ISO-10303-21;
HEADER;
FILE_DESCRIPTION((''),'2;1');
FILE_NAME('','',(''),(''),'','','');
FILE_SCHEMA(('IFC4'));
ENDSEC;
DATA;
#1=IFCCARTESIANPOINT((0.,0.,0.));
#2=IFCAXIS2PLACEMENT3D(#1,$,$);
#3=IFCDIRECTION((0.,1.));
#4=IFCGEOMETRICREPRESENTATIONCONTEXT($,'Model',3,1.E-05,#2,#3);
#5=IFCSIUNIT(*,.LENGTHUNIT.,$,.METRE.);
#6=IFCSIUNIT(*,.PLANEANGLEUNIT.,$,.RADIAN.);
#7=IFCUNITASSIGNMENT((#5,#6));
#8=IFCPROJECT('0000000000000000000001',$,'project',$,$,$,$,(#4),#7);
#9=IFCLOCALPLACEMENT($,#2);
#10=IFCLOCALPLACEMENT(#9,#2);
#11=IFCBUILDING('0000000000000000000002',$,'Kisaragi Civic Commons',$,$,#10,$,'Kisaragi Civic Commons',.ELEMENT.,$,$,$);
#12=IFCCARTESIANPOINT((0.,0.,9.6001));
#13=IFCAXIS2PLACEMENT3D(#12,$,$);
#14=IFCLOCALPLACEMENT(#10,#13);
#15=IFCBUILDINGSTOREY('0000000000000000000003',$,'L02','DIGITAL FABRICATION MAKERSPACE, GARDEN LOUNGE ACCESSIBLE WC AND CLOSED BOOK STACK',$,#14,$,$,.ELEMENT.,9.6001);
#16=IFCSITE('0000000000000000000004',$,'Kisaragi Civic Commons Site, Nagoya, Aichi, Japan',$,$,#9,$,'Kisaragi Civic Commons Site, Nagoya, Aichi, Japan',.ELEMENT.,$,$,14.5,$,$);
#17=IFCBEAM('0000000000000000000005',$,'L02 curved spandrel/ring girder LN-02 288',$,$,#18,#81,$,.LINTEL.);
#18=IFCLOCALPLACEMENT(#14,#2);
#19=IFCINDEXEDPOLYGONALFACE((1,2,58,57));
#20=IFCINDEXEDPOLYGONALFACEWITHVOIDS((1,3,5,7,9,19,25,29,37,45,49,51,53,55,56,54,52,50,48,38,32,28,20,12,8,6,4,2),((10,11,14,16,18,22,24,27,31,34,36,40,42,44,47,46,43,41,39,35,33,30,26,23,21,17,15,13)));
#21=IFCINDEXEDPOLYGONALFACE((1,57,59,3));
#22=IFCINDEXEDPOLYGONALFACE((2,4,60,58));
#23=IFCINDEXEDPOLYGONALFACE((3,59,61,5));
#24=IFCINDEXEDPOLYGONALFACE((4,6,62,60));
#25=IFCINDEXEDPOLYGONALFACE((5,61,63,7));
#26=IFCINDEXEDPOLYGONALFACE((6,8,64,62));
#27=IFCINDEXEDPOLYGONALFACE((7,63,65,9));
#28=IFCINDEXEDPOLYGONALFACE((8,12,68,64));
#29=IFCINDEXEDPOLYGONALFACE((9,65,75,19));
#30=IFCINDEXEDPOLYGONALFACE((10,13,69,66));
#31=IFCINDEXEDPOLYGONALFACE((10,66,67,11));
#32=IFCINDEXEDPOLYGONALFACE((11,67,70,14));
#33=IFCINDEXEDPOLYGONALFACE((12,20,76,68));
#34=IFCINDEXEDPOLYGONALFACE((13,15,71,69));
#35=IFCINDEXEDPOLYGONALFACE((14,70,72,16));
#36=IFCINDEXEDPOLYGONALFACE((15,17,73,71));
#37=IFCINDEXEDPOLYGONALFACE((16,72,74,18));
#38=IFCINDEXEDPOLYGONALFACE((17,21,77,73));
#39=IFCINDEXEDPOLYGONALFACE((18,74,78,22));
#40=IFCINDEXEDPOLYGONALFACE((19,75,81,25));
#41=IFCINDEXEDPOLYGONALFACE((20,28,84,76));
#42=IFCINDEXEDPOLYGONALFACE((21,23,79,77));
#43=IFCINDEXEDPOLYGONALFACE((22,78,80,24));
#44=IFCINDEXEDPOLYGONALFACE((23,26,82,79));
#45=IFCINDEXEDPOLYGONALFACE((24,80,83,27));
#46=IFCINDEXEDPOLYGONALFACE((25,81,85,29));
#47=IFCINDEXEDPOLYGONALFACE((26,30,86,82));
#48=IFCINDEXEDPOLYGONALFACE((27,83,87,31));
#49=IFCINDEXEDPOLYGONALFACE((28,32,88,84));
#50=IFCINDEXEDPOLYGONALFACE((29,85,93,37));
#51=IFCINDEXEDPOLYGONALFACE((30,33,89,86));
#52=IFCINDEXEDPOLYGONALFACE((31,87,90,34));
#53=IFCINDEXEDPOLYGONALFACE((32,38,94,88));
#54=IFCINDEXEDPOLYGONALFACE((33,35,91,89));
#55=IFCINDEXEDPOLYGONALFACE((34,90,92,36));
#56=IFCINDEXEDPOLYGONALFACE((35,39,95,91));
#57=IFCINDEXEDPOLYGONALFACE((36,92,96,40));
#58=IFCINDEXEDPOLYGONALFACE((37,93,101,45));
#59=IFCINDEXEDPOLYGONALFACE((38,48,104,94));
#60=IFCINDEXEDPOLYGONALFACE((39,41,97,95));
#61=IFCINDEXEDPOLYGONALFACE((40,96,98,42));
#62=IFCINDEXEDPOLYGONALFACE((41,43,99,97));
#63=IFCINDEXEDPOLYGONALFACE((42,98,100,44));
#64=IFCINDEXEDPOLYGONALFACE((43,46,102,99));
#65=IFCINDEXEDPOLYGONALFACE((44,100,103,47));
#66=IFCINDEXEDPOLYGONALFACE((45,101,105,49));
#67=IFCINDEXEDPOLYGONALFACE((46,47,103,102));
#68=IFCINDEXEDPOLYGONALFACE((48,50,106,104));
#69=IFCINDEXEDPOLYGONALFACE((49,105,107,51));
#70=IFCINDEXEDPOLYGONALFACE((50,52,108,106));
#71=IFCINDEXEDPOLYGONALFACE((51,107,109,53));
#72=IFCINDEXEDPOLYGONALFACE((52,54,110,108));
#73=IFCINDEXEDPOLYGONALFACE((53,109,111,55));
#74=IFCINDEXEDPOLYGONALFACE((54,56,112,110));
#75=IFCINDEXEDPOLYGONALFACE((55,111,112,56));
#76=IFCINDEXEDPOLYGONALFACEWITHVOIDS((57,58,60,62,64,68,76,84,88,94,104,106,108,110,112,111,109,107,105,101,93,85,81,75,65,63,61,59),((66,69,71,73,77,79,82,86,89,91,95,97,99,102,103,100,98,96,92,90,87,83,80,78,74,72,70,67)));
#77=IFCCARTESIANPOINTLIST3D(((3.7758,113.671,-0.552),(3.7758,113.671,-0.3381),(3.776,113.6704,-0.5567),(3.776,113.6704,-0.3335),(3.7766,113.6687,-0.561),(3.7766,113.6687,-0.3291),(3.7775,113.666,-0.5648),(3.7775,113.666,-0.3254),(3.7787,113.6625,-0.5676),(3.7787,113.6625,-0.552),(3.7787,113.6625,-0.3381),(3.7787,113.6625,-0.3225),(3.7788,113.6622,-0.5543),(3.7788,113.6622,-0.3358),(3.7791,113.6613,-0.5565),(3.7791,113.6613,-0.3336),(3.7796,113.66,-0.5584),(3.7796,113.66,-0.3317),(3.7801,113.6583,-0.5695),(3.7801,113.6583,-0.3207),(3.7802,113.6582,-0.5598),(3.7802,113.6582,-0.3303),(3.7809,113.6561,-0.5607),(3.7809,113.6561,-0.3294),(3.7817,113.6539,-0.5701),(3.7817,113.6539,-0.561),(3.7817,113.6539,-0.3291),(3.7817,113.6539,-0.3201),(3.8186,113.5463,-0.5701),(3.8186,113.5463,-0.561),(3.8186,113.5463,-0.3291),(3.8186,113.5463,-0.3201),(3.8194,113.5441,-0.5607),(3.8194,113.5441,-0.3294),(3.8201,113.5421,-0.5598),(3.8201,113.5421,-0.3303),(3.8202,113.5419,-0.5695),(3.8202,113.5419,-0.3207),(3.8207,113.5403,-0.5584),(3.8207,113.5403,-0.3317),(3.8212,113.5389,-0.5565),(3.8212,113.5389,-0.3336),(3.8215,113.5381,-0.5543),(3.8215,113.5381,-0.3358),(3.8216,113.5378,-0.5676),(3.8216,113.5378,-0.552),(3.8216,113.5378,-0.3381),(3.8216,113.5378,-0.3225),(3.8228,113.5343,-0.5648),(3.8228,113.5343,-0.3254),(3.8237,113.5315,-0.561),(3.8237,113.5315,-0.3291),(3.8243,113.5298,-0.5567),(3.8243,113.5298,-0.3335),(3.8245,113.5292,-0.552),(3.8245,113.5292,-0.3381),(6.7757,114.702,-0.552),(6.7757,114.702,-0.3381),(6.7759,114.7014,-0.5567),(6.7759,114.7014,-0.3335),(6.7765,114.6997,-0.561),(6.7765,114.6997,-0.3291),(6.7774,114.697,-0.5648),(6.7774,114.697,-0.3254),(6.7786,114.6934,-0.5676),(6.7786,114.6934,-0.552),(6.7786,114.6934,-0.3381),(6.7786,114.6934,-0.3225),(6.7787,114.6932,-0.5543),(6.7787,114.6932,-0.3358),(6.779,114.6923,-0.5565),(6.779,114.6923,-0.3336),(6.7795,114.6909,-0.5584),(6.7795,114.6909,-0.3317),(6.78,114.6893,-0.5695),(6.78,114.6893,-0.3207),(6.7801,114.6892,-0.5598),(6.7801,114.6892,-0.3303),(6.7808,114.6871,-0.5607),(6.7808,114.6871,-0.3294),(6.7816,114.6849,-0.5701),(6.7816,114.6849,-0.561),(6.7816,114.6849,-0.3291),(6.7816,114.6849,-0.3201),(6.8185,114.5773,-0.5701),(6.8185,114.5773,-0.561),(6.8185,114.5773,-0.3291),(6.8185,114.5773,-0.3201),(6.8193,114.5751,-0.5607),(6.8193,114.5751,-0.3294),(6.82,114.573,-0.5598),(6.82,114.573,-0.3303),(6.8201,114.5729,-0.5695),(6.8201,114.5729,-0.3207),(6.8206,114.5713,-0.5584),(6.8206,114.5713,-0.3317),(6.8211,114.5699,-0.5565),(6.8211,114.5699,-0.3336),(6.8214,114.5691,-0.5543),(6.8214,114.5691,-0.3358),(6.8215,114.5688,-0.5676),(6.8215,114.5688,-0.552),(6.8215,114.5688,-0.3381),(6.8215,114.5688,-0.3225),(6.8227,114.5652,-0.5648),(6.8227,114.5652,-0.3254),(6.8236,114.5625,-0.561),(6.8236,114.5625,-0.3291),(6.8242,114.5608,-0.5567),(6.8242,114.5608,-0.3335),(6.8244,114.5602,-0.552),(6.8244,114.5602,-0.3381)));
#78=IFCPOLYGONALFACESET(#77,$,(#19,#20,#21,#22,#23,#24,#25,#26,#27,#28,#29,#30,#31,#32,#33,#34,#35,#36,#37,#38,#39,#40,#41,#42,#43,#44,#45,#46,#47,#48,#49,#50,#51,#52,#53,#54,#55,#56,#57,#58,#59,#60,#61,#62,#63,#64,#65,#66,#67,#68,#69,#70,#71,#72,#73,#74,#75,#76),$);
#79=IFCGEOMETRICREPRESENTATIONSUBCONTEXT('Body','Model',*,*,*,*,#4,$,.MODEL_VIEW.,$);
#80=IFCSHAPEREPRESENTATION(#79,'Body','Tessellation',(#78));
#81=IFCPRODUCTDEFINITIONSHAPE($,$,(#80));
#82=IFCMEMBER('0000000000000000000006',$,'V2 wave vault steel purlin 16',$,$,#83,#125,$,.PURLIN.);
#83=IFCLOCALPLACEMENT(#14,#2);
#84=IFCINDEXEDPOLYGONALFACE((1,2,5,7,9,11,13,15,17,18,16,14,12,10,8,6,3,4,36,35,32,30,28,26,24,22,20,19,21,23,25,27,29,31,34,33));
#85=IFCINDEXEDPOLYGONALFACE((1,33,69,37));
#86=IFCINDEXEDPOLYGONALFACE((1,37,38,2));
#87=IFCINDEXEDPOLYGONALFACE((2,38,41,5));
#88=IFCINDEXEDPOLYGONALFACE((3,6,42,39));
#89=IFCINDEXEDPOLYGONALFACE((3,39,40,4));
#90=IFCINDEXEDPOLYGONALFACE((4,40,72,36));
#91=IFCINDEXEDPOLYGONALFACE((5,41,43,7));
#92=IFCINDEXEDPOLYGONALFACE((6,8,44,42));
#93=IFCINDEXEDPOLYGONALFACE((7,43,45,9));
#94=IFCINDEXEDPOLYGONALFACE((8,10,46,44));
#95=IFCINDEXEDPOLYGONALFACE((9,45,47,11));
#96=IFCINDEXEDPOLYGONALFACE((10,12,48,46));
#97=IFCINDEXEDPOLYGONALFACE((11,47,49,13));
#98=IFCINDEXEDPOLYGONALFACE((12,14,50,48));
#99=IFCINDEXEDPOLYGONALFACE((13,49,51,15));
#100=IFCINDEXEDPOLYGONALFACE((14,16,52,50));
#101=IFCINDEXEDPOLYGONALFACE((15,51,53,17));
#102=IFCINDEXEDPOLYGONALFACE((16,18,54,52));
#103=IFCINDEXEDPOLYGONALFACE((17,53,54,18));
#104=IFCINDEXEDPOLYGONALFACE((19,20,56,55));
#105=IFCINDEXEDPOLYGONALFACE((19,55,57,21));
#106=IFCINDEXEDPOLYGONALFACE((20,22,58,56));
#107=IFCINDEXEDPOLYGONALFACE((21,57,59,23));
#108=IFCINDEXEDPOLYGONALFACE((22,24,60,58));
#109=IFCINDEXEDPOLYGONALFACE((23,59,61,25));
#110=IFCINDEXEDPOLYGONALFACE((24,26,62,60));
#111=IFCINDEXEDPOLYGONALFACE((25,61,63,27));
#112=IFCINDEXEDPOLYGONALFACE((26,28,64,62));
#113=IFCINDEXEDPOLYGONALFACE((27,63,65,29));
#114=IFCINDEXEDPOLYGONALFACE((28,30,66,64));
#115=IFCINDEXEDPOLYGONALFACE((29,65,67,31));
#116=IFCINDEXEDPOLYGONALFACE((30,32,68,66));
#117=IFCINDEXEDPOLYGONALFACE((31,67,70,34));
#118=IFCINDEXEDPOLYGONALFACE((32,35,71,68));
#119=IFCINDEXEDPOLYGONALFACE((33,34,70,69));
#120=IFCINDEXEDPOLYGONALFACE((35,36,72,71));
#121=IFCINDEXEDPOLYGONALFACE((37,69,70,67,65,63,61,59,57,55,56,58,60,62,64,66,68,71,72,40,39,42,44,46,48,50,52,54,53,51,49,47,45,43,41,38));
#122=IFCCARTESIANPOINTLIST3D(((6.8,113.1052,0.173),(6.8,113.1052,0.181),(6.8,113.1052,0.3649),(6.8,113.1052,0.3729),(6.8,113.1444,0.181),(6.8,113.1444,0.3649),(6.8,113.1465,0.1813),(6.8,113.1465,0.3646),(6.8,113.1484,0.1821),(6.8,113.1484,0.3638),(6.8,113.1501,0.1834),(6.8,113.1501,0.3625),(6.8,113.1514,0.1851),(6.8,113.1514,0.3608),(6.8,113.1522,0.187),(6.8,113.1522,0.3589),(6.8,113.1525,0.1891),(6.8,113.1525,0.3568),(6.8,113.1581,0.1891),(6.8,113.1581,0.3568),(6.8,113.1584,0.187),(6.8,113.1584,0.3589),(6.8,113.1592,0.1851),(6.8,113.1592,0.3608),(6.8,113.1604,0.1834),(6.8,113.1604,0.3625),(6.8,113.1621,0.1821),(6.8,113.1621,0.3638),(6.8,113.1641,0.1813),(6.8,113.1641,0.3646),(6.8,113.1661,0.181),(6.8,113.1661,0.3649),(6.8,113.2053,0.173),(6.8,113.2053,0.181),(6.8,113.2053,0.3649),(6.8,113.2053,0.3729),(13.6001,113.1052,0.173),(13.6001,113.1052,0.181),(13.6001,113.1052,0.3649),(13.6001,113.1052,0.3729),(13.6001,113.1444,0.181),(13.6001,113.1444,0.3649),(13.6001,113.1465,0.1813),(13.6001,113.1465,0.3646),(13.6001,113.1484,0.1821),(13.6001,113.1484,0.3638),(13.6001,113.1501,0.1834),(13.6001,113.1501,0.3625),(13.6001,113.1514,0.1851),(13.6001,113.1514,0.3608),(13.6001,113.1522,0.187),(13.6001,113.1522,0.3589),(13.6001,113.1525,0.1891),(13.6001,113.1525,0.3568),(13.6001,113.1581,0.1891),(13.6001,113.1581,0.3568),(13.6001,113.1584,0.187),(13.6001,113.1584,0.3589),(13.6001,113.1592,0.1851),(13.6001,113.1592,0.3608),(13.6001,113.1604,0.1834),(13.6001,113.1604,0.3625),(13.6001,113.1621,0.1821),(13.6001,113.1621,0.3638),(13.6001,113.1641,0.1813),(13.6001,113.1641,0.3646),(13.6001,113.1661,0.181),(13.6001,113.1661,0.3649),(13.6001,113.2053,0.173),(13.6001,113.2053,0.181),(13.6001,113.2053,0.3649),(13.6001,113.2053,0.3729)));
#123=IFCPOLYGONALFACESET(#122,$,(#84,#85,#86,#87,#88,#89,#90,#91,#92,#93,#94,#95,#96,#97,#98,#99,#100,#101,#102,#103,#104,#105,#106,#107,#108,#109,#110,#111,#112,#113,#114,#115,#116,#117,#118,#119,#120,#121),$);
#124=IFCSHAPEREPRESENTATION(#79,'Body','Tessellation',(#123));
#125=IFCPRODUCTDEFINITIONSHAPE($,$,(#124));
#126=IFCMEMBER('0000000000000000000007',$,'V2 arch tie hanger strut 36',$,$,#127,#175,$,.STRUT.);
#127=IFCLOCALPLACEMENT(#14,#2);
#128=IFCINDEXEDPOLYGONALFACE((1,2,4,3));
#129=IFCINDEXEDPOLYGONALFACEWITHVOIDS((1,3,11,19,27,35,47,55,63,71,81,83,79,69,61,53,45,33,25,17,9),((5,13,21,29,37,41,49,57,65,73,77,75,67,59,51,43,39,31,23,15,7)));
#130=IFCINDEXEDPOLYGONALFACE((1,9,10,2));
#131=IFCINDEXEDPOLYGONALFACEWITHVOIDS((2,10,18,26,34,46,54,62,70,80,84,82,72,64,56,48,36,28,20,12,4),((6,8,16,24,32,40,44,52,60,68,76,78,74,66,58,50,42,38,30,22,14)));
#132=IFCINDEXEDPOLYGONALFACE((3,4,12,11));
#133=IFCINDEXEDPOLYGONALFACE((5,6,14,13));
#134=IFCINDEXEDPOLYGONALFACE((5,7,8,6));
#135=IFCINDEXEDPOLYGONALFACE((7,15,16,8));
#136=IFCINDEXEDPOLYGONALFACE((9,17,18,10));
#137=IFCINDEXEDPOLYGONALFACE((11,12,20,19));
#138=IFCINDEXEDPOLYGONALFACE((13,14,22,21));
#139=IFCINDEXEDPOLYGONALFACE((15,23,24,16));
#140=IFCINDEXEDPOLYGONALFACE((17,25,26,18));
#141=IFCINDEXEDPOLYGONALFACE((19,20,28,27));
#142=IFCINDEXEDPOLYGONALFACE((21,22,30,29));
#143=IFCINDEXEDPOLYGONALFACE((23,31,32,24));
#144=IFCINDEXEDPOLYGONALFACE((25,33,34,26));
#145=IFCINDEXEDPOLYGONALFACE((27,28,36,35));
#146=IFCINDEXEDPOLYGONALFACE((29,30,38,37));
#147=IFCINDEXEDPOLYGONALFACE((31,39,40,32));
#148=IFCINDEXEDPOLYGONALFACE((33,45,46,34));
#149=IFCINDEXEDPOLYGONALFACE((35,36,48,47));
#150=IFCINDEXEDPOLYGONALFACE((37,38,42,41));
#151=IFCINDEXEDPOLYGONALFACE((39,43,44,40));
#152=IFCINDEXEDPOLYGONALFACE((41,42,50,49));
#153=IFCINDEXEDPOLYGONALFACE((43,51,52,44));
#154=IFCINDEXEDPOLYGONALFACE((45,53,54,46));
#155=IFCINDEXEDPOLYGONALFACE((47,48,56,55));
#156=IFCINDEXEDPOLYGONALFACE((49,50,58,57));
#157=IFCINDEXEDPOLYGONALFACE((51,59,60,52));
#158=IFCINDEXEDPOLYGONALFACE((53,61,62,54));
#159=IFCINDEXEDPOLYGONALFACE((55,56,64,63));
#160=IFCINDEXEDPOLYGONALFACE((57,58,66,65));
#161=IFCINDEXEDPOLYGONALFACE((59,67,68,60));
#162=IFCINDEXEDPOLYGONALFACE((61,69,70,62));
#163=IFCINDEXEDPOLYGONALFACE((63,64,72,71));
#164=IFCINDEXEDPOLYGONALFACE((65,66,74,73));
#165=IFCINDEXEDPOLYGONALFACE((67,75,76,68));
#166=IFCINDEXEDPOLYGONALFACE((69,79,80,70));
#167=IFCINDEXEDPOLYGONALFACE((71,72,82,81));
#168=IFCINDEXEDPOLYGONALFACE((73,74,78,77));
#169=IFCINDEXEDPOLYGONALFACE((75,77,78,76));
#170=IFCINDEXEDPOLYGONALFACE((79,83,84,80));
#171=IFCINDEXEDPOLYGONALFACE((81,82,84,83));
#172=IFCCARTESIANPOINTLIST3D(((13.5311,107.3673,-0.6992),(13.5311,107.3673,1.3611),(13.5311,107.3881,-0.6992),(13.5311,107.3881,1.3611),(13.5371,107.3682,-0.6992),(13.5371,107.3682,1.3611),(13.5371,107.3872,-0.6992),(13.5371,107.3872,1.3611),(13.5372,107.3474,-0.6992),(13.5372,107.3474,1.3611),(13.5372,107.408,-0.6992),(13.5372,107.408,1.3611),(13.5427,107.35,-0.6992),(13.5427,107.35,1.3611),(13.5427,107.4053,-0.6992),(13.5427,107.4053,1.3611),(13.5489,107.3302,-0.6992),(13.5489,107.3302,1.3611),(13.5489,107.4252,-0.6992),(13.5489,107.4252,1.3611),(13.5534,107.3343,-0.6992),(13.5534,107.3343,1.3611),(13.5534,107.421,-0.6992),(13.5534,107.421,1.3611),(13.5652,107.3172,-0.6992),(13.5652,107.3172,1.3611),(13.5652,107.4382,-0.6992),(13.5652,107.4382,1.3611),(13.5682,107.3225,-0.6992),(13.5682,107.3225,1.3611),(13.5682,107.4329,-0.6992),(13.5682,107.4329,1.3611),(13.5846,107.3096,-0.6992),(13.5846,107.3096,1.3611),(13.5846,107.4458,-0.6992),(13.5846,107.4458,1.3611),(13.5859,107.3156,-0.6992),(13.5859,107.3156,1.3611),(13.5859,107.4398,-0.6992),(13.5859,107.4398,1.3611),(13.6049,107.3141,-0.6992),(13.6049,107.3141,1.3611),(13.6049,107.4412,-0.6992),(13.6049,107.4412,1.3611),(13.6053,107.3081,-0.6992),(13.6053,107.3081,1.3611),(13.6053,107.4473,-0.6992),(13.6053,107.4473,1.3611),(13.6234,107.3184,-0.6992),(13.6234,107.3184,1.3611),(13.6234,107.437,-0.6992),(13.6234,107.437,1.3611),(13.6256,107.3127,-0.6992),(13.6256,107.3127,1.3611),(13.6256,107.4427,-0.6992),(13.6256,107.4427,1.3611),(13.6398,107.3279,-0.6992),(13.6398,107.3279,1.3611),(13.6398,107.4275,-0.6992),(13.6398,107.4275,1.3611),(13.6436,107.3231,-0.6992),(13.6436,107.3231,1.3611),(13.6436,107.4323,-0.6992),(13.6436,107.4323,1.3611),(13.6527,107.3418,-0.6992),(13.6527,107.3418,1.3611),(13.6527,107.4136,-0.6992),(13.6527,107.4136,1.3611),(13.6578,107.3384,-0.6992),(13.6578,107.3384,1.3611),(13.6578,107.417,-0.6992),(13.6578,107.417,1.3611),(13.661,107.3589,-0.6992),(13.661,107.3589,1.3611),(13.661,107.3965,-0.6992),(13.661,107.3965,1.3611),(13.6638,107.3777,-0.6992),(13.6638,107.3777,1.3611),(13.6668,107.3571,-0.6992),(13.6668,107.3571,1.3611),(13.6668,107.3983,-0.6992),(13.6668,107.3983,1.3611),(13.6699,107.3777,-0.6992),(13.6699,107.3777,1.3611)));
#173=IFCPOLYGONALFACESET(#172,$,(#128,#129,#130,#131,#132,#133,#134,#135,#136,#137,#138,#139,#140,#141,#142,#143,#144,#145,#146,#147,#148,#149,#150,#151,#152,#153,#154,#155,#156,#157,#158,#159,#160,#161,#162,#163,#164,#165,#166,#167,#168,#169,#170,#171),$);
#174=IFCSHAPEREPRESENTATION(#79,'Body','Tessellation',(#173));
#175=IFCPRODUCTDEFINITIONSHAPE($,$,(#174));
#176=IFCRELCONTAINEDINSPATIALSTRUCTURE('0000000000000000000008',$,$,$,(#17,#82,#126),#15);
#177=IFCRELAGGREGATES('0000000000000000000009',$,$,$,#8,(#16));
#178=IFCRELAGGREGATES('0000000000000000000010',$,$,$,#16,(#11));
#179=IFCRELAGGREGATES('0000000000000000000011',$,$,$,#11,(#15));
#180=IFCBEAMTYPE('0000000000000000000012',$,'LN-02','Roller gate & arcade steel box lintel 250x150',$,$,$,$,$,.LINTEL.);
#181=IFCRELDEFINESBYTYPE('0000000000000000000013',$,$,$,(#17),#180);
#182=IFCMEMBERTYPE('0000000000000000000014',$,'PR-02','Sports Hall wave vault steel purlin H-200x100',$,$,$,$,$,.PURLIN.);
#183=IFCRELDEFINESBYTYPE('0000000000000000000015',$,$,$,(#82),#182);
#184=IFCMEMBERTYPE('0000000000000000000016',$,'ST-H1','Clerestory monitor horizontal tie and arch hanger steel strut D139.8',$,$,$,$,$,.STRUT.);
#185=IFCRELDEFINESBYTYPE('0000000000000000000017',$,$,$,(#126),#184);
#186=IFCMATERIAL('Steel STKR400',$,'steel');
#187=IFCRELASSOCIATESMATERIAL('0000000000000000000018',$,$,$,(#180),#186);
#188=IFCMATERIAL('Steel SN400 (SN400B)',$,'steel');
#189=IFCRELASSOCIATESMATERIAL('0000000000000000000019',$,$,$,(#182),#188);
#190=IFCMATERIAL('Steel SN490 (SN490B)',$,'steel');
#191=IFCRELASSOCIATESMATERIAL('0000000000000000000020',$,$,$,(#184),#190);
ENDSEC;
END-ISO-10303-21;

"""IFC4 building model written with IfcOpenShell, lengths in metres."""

from ifc_helpers import new_model, si_unit, direction, frame, origin, origin_2d, place, context, subcontext, project, spatial, hollow_rectangle, hollow_circle, i_section, extrude, material, material_profile, profile_set, type_object, element, save


model = new_model("IFC4")

# Units and contexts
model_context = context("Model", 3, precision=1e-05, world=origin(), true_north=direction((0.0, 1.0)))
body_context = subcontext(model_context, "Body", "Model", "MODEL_VIEW")
ifc_project = project(units=[si_unit("LENGTHUNIT", "METRE"), si_unit("PLANEANGLEUNIT", "RADIAN")], contexts=[model_context])

# Site, building, storey
site_placement = place(None, origin())
site = spatial("IfcSite", under=ifc_project, at=site_placement, Name="Kisaragi Civic Commons Site, Nagoya, Aichi, Japan", LongName="Kisaragi Civic Commons Site, Nagoya, Aichi, Japan", CompositionType="ELEMENT", RefElevation=14.5)
building_placement = place(site_placement, origin())
building = spatial("IfcBuilding", under=site, at=building_placement, Name="Kisaragi Civic Commons", LongName="Kisaragi Civic Commons", CompositionType="ELEMENT")
storey_placement = place(building_placement, frame((0.0, 0.0, 9.6001)))
storey = spatial("IfcBuildingStorey", under=building, at=storey_placement, Name="L02", Description="DIGITAL FABRICATION MAKERSPACE, GARDEN LOUNGE ACCESSIBLE WC AND CLOSED BOOK STACK", CompositionType="ELEMENT", Elevation=9.6001)

# Beam
ifc_material_1 = material(Name="Steel STKR400", Category="steel")
ifc_material_profile_1 = material_profile(ifc_material_1, hollow_rectangle(XDim=0.1499, YDim=0.25, WallThickness=0.009, InnerFilletRadius=0.009, OuterFilletRadius=0.0181, at=origin_2d()), Name="STKR-250x150x9", Category="steel")
ifc_profile_set_1 = profile_set([ifc_material_profile_1], Name="Steel STKR400")
beam_type = type_object("IfcBeamType", Name="LN-02", Description="Roller gate & arcade steel box lintel 250x150", PredefinedType="LINTEL", material=ifc_profile_set_1)
beam_placement = place(storey_placement, frame((6.8, 114.6311, -0.4451), z_axis=(-0.94571, -0.325011, 0.0), x_axis=(0.325011, -0.94571, 0.0)))
element("IfcBeam", 1, at=beam_placement, inside=storey, type_object=beam_type, Name="L02 curved spandrel/ring girder LN-02 288", PredefinedType="LINTEL", context=body_context, shape_type="SweptSolid", body=[
    extrude(hollow_rectangle(XDim=0.1499, YDim=0.25, WallThickness=0.009, InnerFilletRadius=0.009, OuterFilletRadius=0.0181, at=origin_2d()), origin(), (0.0, 0.0, 1.0), 3.1721),
])

# Members
ifc_material_2 = material(Name="Steel SN400 (SN400B)", Category="steel")
ifc_material_profile_2 = material_profile(ifc_material_2, i_section(OverallWidth=0.1001, OverallDepth=0.2, WebThickness=0.0056, FlangeThickness=0.0081, FilletRadius=0.0081, at=origin_2d()), Name="H-200x100x5.5x8", Category="steel")
ifc_profile_set_2 = profile_set([ifc_material_profile_2], Name="Steel SN400 (SN400B)")
member_type_1 = type_object("IfcMemberType", Name="PR-02", Description="Sports Hall wave vault steel purlin H-200x100", PredefinedType="PURLIN", material=ifc_profile_set_2)
member_1_placement = place(storey_placement, frame((6.8, 113.1553, 0.2729), z_axis=(1.0, 0.0, 0.0), x_axis=(0.0, 1.0, 0.0)))
element("IfcMember", 2, at=member_1_placement, inside=storey, type_object=member_type_1, Name="V2 wave vault steel purlin 16", PredefinedType="PURLIN", context=body_context, shape_type="SweptSolid", body=[
    extrude(i_section(OverallWidth=0.1001, OverallDepth=0.2, WebThickness=0.0056, FlangeThickness=0.0081, FilletRadius=0.0081, at=origin_2d()), origin(), (0.0, 0.0, 1.0), 6.8),
])
ifc_material_3 = material(Name="Steel SN490 (SN490B)", Category="steel")
ifc_material_profile_3 = material_profile(ifc_material_3, hollow_circle(Radius=0.0698, WallThickness=0.0061, at=origin_2d()), Name="CHS-139.8x6.0", Category="steel")
ifc_profile_set_3 = profile_set([ifc_material_profile_3], Name="Steel SN490 (SN490B)")
member_type_2 = type_object("IfcMemberType", Name="ST-H1", Description="Clerestory monitor horizontal tie and arch hanger steel strut D139.8", PredefinedType="STRUT", material=ifc_profile_set_3)
member_2_placement = place(storey_placement, frame((13.6001, 107.3777, -0.6992), z_axis=(0.0, 0.0, 1.0), x_axis=(1.0, 0.0, 0.0)))
element("IfcMember", 3, at=member_2_placement, inside=storey, type_object=member_type_2, Name="V2 arch tie hanger strut 36", PredefinedType="STRUT", context=body_context, shape_type="SweptSolid", body=[
    extrude(hollow_circle(Radius=0.0698, WallThickness=0.0061, at=origin_2d()), origin(), (0.0, 0.0, 1.0), 2.0603),
])

save(model, "model.ifc")
